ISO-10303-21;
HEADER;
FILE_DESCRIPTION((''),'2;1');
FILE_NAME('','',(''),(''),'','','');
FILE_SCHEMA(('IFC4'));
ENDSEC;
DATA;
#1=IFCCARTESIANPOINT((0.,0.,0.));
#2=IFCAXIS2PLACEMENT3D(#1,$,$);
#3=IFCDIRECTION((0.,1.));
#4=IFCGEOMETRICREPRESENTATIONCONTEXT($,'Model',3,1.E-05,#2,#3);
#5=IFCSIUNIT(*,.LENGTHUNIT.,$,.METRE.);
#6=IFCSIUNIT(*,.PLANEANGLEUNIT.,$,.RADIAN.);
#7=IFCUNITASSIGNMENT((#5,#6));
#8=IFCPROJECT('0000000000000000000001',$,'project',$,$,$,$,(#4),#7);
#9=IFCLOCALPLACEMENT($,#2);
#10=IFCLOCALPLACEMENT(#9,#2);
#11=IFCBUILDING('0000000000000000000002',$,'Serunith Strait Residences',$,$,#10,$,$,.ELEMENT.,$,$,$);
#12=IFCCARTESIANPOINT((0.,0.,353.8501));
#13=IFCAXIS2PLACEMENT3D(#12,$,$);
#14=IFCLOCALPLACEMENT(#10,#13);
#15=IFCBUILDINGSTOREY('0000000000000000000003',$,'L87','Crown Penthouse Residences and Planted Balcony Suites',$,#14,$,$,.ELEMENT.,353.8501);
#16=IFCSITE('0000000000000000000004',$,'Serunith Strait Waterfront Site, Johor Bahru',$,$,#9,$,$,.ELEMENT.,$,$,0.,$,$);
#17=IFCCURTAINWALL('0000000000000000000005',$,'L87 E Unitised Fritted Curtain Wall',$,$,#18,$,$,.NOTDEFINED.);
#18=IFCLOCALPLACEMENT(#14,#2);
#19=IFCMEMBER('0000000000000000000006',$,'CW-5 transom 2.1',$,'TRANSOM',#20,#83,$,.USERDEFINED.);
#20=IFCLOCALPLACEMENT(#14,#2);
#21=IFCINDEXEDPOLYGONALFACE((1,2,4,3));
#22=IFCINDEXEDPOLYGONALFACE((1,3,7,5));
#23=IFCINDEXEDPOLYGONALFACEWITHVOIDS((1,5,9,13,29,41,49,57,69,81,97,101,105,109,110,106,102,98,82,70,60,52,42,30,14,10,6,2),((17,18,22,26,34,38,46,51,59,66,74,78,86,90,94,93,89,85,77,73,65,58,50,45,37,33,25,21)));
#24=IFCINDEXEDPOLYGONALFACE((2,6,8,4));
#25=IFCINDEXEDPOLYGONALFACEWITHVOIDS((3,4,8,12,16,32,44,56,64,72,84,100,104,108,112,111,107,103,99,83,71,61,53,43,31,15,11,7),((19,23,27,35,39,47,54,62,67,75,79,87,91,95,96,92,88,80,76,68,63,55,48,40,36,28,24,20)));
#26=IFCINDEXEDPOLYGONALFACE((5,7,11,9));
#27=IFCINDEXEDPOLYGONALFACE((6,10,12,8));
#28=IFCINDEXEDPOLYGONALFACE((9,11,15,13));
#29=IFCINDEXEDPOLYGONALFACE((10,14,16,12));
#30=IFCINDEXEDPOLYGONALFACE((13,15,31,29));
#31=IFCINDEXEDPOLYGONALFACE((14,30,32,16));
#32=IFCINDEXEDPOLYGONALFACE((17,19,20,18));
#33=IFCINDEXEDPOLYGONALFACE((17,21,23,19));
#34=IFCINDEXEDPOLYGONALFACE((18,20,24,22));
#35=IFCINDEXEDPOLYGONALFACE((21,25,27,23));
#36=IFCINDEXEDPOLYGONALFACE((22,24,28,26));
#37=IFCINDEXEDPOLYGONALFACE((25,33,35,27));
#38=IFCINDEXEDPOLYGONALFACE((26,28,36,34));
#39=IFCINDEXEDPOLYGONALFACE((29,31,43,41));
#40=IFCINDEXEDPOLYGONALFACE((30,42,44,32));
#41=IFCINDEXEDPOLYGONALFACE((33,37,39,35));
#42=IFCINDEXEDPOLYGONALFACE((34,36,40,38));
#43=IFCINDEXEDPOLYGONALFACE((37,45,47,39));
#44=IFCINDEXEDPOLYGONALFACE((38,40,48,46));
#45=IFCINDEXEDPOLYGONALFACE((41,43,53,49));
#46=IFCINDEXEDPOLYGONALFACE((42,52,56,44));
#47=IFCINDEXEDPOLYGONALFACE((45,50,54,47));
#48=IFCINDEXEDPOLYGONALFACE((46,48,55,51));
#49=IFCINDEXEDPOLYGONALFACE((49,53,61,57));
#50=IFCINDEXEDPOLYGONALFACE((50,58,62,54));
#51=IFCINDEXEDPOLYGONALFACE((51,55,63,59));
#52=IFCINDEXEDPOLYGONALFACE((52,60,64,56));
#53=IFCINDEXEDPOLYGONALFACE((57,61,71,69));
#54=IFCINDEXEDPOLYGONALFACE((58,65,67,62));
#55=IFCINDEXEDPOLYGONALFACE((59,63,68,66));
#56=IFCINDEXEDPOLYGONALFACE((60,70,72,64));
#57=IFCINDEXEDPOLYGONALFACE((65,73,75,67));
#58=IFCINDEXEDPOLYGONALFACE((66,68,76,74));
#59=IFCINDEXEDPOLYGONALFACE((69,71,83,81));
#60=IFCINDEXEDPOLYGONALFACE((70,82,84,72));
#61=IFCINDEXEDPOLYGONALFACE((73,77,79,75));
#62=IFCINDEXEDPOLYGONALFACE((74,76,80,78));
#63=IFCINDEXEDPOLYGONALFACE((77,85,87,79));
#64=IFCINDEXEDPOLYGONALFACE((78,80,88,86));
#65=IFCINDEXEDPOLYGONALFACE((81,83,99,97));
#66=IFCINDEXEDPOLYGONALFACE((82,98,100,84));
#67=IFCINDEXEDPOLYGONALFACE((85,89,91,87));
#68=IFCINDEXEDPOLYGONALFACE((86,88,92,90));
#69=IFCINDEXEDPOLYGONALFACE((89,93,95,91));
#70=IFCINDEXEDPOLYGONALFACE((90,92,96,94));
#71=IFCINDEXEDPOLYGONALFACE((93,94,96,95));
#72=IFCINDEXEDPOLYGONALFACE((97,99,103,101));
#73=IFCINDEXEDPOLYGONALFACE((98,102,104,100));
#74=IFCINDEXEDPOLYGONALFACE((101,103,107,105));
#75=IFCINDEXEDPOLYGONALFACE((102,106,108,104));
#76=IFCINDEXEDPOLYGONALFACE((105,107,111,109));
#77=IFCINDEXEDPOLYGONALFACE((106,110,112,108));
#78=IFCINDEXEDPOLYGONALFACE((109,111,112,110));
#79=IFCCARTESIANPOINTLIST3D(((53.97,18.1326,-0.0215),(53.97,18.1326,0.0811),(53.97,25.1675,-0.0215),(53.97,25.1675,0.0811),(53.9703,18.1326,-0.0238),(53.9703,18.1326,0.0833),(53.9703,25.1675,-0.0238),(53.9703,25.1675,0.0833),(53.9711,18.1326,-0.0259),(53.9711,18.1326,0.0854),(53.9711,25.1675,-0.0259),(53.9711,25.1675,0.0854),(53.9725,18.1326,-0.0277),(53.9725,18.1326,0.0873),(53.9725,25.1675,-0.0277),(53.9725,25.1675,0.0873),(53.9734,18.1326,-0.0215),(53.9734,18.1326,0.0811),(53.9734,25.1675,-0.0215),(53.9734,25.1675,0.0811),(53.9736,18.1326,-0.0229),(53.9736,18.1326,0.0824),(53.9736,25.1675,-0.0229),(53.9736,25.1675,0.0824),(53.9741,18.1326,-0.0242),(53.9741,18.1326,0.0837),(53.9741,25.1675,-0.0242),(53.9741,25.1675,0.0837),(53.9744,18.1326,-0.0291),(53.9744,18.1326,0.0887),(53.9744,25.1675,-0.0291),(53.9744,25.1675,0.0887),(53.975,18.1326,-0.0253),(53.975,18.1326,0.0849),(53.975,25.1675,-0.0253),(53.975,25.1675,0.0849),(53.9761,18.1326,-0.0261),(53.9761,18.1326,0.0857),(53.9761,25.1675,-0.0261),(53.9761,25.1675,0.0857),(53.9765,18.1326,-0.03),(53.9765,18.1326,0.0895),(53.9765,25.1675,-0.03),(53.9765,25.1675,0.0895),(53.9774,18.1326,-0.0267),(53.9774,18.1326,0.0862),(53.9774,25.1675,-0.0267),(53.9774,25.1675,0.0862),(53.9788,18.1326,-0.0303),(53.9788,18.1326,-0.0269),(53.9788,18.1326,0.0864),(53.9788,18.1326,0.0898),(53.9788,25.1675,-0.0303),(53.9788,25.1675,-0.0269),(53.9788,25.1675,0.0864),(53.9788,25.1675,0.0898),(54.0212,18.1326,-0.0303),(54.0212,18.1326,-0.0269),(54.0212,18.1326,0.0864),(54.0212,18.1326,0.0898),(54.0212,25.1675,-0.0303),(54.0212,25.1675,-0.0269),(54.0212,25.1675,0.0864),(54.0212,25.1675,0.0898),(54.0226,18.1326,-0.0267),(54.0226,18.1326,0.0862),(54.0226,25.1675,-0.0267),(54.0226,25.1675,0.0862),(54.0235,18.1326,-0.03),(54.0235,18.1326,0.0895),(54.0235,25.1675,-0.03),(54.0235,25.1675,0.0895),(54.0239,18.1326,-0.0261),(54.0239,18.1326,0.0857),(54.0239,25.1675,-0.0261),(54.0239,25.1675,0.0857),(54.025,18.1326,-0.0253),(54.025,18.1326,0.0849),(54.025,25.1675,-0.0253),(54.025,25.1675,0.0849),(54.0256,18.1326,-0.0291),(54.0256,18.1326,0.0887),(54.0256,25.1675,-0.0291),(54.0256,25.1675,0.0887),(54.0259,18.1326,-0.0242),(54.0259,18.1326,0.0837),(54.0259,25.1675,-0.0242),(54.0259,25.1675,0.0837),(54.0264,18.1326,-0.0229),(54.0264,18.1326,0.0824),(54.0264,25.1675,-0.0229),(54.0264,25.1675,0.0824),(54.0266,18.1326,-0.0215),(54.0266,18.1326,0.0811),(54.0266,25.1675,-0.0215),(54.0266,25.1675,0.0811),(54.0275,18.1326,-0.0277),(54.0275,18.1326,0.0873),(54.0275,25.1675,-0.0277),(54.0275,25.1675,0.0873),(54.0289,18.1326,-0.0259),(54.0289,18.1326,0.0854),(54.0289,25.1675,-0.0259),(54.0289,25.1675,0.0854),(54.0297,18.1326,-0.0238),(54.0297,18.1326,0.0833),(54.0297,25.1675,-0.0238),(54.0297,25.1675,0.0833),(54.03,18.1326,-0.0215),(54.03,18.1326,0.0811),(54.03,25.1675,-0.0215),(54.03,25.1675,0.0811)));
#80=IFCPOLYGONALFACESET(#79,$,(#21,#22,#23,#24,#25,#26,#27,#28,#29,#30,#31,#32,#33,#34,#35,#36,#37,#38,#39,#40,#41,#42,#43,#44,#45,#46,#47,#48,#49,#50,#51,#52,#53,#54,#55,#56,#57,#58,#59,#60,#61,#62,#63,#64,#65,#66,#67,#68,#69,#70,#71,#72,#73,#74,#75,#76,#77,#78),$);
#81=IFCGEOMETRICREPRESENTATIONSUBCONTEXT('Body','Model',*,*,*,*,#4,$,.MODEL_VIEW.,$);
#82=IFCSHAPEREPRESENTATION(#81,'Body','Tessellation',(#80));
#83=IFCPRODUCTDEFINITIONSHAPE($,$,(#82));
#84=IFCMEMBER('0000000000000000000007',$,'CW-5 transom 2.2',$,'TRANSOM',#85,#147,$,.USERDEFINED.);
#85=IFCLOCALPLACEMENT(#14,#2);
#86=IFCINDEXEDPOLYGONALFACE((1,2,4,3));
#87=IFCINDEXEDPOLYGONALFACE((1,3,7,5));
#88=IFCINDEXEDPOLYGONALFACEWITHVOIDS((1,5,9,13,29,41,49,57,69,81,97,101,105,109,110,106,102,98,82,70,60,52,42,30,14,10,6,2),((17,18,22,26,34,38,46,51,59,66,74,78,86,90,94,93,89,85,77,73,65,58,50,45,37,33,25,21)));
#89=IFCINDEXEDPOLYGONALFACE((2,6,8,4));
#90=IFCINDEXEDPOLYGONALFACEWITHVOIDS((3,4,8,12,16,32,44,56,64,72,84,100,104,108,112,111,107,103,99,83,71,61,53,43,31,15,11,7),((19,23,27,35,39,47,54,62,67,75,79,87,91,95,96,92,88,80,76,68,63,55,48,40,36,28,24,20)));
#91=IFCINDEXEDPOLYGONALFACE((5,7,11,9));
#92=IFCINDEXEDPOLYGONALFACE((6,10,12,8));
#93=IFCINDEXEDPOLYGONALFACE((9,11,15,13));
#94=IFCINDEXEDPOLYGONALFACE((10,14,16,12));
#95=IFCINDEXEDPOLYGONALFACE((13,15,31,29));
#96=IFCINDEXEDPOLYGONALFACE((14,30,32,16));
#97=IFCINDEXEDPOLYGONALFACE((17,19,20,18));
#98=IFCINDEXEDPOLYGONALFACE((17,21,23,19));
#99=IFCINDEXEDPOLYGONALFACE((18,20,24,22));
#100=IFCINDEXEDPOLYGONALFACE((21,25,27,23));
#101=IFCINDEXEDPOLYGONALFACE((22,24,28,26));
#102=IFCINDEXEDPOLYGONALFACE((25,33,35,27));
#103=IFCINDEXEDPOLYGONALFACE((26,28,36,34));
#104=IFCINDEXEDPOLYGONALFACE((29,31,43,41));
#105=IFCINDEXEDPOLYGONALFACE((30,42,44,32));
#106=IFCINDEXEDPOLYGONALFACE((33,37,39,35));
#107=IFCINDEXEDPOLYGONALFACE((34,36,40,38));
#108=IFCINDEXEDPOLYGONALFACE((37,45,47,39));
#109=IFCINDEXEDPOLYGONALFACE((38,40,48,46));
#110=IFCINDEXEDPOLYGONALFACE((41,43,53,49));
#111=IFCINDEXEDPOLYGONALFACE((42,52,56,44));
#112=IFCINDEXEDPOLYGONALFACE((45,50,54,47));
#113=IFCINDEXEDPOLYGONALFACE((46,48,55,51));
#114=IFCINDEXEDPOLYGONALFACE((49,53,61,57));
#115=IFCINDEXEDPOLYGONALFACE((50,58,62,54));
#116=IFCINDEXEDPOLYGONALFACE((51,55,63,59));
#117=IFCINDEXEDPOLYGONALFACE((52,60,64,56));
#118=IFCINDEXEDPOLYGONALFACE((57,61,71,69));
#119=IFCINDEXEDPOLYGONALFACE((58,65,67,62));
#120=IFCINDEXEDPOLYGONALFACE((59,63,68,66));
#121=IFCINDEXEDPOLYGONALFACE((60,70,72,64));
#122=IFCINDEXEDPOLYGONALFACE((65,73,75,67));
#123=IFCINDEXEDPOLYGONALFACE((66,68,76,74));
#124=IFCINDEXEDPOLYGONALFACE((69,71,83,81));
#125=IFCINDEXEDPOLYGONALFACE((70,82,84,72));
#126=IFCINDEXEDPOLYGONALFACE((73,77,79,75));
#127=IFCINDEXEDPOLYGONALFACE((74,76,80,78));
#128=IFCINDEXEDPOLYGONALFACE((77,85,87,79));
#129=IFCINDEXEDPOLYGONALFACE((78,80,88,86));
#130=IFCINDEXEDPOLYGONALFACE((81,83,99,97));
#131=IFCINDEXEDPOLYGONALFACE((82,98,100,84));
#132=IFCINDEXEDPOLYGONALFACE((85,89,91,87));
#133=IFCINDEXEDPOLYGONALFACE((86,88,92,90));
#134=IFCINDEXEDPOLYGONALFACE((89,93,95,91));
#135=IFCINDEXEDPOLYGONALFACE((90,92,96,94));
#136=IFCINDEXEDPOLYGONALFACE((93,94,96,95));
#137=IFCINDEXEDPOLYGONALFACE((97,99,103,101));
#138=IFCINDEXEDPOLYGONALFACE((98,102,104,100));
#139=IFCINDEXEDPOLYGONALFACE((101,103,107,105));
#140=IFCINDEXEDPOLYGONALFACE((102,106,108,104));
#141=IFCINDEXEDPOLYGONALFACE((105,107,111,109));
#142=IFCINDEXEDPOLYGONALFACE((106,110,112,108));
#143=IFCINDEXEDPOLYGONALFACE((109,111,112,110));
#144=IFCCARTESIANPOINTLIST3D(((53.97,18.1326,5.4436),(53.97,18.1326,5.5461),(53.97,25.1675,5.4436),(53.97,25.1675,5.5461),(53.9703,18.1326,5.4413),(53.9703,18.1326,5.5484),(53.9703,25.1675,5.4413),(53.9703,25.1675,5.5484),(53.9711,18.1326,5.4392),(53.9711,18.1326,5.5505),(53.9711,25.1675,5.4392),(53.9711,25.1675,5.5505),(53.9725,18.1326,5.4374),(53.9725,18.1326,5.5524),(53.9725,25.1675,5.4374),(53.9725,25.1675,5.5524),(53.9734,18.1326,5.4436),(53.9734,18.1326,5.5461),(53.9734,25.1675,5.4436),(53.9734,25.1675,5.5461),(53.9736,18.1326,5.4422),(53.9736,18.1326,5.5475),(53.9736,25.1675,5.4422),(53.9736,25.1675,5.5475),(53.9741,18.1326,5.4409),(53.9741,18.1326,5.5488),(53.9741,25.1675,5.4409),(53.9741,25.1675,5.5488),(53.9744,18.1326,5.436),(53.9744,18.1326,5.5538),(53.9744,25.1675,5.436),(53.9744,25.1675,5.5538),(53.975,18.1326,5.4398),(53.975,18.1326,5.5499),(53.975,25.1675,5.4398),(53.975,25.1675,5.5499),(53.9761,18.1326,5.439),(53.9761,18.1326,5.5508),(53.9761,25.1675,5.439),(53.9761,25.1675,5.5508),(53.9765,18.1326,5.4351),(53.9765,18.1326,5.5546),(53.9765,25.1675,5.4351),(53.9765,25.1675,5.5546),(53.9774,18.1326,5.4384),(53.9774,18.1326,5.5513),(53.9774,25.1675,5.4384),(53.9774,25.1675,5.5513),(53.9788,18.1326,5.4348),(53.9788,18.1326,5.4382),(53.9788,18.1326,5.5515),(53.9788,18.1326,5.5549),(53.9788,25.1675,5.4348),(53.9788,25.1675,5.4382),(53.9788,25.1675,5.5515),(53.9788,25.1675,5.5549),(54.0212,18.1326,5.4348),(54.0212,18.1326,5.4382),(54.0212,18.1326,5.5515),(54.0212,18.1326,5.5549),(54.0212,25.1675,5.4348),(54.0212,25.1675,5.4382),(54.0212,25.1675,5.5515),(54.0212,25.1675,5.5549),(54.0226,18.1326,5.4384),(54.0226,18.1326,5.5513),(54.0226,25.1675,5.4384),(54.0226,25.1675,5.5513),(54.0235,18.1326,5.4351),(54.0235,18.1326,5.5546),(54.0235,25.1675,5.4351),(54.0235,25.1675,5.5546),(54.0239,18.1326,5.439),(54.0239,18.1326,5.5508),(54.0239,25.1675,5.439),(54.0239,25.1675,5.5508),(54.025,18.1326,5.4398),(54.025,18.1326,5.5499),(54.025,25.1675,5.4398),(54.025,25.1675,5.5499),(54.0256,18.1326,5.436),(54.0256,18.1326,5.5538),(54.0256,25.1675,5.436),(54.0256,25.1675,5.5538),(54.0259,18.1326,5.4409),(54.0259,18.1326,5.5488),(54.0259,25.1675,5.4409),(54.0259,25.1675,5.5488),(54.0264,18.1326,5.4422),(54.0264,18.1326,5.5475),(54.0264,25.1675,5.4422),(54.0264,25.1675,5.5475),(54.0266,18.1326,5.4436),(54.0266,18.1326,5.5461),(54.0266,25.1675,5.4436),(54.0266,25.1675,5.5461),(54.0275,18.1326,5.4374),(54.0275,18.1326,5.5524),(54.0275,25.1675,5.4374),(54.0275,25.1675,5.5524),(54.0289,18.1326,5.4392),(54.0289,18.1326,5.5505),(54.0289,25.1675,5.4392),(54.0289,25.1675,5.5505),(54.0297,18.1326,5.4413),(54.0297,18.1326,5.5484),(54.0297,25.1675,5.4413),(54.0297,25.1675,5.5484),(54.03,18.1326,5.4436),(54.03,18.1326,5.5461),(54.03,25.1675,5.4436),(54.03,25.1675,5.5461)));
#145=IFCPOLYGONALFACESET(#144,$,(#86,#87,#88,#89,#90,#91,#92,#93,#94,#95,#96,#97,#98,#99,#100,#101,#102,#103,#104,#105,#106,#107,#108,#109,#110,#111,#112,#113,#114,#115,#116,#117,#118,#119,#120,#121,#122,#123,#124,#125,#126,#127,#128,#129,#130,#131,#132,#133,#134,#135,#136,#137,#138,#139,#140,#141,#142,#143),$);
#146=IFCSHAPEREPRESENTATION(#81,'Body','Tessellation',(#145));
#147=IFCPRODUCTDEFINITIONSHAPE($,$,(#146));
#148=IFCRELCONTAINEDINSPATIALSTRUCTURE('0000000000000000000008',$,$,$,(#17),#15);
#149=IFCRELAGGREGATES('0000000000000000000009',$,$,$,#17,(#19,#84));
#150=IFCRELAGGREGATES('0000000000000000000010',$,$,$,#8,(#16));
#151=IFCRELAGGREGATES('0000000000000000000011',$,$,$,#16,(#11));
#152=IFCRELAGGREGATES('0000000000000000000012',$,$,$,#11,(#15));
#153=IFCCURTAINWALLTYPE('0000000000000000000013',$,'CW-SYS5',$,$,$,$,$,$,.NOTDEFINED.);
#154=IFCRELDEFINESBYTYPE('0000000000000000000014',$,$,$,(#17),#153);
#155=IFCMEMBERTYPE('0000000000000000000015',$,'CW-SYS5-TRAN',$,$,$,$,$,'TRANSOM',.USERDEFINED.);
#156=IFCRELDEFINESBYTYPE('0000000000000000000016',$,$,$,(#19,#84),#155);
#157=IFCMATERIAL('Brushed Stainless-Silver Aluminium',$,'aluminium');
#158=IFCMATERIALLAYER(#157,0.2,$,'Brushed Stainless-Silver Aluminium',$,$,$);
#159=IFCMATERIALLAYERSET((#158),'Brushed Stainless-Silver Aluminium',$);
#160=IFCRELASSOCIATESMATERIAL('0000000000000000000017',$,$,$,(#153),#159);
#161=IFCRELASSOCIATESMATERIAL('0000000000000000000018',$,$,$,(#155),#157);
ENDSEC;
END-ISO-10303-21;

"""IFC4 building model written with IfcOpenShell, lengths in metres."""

from ifc_helpers import new_model, si_unit, direction, frame, origin, origin_2d, place, context, subcontext, project, spatial, hollow_rectangle, extrude, source, transform, mapped, material, layer, layer_set, material_profile, profile_set, type_object, element, aggregate, save


model = new_model("IFC4")

# Units and contexts
model_context = context("Model", 3, precision=1e-05, world=origin(), true_north=direction((0.0, 1.0)))
body_context = subcontext(model_context, "Body", "Model", "MODEL_VIEW")
ifc_project = project(units=[si_unit("LENGTHUNIT", "METRE"), si_unit("PLANEANGLEUNIT", "RADIAN")], contexts=[model_context])

# Site, building, storey
site_placement = place(None, origin())
site = spatial("IfcSite", under=ifc_project, at=site_placement, Name="Serunith Strait Waterfront Site, Johor Bahru", CompositionType="ELEMENT", RefElevation=0.0)
building_placement = place(site_placement, origin())
building = spatial("IfcBuilding", under=site, at=building_placement, Name="Serunith Strait Residences", CompositionType="ELEMENT")
storey_placement = place(building_placement, frame((0.0, 0.0, 353.8501)))
storey = spatial("IfcBuildingStorey", under=building, at=storey_placement, Name="L87", Description="Crown Penthouse Residences and Planted Balcony Suites", CompositionType="ELEMENT", Elevation=353.8501)

# Curtain wall, members
ifc_material_1 = material(Name="Brushed Stainless-Silver Aluminium", Category="aluminium")
ifc_layer_1 = layer(ifc_material_1, 0.2, Name="Brushed Stainless-Silver Aluminium")
ifc_layer_set_1 = layer_set([ifc_layer_1], Name="Brushed Stainless-Silver Aluminium")
curtain_wall_type = type_object("IfcCurtainWallType", Name="CW-SYS5", PredefinedType="NOTDEFINED", material=ifc_layer_set_1)
curtain_wall_placement = place(storey_placement, origin())
curtain_wall = element("IfcCurtainWall", 1, at=curtain_wall_placement, inside=storey, type_object=curtain_wall_type, Name="L87 E Unitised Fritted Curtain Wall", PredefinedType="NOTDEFINED")
ifc_material_profile_1 = material_profile(ifc_material_1, hollow_rectangle(XDim=0.0601, YDim=0.1201, WallThickness=0.0034, InnerFilletRadius=0.0054, OuterFilletRadius=0.0088, at=origin_2d()), Name="ALU 120x60x3.5")
ifc_profile_set_1 = profile_set([ifc_material_profile_1], Name="Brushed Stainless-Silver Aluminium")
member_type_1 = type_object("IfcMemberType", Name="CW-SYS5-TRAN", ElementType="TRANSOM", PredefinedType="USERDEFINED", material=ifc_profile_set_1)
shared_shape_1 = source(origin(), body_context, "Body", "SweptSolid", [
    extrude(hollow_rectangle(XDim=0.0601, YDim=0.1201, WallThickness=0.0034, InnerFilletRadius=0.0054, OuterFilletRadius=0.0088, at=origin_2d()), origin(), (0.0, 0.0, 1.0), 7.0349),
])
member_1_placement = place(storey_placement, frame((54.0, 18.1326, 0.0298), z_axis=(0.0, 1.0, 0.0), x_axis=(-1.0, 0.0, 0.0)))
member_1 = element("IfcMember", 2, at=member_1_placement, type_object=member_type_1, Name="CW-5 transom 2.1", ObjectType="TRANSOM", PredefinedType="USERDEFINED", context=body_context, shape_type="MappedRepresentation", body=[
    mapped(shared_shape_1, transform((0.0, 0.0, 0.0), scale=1.0)),
])
member_2_placement = place(storey_placement, frame((54.0, 18.1326, 5.4949), z_axis=(0.0, 1.0, 0.0), x_axis=(-1.0, 0.0, 0.0)))
member_2 = element("IfcMember", 3, at=member_2_placement, type_object=member_type_1, Name="CW-5 transom 2.2", ObjectType="TRANSOM", PredefinedType="USERDEFINED", context=body_context, shape_type="MappedRepresentation", body=[
    mapped(shared_shape_1, transform((0.0, 0.0, 0.0), scale=1.0)),
])
aggregate(curtain_wall, [member_1, member_2])

save(model, "model.ifc")
